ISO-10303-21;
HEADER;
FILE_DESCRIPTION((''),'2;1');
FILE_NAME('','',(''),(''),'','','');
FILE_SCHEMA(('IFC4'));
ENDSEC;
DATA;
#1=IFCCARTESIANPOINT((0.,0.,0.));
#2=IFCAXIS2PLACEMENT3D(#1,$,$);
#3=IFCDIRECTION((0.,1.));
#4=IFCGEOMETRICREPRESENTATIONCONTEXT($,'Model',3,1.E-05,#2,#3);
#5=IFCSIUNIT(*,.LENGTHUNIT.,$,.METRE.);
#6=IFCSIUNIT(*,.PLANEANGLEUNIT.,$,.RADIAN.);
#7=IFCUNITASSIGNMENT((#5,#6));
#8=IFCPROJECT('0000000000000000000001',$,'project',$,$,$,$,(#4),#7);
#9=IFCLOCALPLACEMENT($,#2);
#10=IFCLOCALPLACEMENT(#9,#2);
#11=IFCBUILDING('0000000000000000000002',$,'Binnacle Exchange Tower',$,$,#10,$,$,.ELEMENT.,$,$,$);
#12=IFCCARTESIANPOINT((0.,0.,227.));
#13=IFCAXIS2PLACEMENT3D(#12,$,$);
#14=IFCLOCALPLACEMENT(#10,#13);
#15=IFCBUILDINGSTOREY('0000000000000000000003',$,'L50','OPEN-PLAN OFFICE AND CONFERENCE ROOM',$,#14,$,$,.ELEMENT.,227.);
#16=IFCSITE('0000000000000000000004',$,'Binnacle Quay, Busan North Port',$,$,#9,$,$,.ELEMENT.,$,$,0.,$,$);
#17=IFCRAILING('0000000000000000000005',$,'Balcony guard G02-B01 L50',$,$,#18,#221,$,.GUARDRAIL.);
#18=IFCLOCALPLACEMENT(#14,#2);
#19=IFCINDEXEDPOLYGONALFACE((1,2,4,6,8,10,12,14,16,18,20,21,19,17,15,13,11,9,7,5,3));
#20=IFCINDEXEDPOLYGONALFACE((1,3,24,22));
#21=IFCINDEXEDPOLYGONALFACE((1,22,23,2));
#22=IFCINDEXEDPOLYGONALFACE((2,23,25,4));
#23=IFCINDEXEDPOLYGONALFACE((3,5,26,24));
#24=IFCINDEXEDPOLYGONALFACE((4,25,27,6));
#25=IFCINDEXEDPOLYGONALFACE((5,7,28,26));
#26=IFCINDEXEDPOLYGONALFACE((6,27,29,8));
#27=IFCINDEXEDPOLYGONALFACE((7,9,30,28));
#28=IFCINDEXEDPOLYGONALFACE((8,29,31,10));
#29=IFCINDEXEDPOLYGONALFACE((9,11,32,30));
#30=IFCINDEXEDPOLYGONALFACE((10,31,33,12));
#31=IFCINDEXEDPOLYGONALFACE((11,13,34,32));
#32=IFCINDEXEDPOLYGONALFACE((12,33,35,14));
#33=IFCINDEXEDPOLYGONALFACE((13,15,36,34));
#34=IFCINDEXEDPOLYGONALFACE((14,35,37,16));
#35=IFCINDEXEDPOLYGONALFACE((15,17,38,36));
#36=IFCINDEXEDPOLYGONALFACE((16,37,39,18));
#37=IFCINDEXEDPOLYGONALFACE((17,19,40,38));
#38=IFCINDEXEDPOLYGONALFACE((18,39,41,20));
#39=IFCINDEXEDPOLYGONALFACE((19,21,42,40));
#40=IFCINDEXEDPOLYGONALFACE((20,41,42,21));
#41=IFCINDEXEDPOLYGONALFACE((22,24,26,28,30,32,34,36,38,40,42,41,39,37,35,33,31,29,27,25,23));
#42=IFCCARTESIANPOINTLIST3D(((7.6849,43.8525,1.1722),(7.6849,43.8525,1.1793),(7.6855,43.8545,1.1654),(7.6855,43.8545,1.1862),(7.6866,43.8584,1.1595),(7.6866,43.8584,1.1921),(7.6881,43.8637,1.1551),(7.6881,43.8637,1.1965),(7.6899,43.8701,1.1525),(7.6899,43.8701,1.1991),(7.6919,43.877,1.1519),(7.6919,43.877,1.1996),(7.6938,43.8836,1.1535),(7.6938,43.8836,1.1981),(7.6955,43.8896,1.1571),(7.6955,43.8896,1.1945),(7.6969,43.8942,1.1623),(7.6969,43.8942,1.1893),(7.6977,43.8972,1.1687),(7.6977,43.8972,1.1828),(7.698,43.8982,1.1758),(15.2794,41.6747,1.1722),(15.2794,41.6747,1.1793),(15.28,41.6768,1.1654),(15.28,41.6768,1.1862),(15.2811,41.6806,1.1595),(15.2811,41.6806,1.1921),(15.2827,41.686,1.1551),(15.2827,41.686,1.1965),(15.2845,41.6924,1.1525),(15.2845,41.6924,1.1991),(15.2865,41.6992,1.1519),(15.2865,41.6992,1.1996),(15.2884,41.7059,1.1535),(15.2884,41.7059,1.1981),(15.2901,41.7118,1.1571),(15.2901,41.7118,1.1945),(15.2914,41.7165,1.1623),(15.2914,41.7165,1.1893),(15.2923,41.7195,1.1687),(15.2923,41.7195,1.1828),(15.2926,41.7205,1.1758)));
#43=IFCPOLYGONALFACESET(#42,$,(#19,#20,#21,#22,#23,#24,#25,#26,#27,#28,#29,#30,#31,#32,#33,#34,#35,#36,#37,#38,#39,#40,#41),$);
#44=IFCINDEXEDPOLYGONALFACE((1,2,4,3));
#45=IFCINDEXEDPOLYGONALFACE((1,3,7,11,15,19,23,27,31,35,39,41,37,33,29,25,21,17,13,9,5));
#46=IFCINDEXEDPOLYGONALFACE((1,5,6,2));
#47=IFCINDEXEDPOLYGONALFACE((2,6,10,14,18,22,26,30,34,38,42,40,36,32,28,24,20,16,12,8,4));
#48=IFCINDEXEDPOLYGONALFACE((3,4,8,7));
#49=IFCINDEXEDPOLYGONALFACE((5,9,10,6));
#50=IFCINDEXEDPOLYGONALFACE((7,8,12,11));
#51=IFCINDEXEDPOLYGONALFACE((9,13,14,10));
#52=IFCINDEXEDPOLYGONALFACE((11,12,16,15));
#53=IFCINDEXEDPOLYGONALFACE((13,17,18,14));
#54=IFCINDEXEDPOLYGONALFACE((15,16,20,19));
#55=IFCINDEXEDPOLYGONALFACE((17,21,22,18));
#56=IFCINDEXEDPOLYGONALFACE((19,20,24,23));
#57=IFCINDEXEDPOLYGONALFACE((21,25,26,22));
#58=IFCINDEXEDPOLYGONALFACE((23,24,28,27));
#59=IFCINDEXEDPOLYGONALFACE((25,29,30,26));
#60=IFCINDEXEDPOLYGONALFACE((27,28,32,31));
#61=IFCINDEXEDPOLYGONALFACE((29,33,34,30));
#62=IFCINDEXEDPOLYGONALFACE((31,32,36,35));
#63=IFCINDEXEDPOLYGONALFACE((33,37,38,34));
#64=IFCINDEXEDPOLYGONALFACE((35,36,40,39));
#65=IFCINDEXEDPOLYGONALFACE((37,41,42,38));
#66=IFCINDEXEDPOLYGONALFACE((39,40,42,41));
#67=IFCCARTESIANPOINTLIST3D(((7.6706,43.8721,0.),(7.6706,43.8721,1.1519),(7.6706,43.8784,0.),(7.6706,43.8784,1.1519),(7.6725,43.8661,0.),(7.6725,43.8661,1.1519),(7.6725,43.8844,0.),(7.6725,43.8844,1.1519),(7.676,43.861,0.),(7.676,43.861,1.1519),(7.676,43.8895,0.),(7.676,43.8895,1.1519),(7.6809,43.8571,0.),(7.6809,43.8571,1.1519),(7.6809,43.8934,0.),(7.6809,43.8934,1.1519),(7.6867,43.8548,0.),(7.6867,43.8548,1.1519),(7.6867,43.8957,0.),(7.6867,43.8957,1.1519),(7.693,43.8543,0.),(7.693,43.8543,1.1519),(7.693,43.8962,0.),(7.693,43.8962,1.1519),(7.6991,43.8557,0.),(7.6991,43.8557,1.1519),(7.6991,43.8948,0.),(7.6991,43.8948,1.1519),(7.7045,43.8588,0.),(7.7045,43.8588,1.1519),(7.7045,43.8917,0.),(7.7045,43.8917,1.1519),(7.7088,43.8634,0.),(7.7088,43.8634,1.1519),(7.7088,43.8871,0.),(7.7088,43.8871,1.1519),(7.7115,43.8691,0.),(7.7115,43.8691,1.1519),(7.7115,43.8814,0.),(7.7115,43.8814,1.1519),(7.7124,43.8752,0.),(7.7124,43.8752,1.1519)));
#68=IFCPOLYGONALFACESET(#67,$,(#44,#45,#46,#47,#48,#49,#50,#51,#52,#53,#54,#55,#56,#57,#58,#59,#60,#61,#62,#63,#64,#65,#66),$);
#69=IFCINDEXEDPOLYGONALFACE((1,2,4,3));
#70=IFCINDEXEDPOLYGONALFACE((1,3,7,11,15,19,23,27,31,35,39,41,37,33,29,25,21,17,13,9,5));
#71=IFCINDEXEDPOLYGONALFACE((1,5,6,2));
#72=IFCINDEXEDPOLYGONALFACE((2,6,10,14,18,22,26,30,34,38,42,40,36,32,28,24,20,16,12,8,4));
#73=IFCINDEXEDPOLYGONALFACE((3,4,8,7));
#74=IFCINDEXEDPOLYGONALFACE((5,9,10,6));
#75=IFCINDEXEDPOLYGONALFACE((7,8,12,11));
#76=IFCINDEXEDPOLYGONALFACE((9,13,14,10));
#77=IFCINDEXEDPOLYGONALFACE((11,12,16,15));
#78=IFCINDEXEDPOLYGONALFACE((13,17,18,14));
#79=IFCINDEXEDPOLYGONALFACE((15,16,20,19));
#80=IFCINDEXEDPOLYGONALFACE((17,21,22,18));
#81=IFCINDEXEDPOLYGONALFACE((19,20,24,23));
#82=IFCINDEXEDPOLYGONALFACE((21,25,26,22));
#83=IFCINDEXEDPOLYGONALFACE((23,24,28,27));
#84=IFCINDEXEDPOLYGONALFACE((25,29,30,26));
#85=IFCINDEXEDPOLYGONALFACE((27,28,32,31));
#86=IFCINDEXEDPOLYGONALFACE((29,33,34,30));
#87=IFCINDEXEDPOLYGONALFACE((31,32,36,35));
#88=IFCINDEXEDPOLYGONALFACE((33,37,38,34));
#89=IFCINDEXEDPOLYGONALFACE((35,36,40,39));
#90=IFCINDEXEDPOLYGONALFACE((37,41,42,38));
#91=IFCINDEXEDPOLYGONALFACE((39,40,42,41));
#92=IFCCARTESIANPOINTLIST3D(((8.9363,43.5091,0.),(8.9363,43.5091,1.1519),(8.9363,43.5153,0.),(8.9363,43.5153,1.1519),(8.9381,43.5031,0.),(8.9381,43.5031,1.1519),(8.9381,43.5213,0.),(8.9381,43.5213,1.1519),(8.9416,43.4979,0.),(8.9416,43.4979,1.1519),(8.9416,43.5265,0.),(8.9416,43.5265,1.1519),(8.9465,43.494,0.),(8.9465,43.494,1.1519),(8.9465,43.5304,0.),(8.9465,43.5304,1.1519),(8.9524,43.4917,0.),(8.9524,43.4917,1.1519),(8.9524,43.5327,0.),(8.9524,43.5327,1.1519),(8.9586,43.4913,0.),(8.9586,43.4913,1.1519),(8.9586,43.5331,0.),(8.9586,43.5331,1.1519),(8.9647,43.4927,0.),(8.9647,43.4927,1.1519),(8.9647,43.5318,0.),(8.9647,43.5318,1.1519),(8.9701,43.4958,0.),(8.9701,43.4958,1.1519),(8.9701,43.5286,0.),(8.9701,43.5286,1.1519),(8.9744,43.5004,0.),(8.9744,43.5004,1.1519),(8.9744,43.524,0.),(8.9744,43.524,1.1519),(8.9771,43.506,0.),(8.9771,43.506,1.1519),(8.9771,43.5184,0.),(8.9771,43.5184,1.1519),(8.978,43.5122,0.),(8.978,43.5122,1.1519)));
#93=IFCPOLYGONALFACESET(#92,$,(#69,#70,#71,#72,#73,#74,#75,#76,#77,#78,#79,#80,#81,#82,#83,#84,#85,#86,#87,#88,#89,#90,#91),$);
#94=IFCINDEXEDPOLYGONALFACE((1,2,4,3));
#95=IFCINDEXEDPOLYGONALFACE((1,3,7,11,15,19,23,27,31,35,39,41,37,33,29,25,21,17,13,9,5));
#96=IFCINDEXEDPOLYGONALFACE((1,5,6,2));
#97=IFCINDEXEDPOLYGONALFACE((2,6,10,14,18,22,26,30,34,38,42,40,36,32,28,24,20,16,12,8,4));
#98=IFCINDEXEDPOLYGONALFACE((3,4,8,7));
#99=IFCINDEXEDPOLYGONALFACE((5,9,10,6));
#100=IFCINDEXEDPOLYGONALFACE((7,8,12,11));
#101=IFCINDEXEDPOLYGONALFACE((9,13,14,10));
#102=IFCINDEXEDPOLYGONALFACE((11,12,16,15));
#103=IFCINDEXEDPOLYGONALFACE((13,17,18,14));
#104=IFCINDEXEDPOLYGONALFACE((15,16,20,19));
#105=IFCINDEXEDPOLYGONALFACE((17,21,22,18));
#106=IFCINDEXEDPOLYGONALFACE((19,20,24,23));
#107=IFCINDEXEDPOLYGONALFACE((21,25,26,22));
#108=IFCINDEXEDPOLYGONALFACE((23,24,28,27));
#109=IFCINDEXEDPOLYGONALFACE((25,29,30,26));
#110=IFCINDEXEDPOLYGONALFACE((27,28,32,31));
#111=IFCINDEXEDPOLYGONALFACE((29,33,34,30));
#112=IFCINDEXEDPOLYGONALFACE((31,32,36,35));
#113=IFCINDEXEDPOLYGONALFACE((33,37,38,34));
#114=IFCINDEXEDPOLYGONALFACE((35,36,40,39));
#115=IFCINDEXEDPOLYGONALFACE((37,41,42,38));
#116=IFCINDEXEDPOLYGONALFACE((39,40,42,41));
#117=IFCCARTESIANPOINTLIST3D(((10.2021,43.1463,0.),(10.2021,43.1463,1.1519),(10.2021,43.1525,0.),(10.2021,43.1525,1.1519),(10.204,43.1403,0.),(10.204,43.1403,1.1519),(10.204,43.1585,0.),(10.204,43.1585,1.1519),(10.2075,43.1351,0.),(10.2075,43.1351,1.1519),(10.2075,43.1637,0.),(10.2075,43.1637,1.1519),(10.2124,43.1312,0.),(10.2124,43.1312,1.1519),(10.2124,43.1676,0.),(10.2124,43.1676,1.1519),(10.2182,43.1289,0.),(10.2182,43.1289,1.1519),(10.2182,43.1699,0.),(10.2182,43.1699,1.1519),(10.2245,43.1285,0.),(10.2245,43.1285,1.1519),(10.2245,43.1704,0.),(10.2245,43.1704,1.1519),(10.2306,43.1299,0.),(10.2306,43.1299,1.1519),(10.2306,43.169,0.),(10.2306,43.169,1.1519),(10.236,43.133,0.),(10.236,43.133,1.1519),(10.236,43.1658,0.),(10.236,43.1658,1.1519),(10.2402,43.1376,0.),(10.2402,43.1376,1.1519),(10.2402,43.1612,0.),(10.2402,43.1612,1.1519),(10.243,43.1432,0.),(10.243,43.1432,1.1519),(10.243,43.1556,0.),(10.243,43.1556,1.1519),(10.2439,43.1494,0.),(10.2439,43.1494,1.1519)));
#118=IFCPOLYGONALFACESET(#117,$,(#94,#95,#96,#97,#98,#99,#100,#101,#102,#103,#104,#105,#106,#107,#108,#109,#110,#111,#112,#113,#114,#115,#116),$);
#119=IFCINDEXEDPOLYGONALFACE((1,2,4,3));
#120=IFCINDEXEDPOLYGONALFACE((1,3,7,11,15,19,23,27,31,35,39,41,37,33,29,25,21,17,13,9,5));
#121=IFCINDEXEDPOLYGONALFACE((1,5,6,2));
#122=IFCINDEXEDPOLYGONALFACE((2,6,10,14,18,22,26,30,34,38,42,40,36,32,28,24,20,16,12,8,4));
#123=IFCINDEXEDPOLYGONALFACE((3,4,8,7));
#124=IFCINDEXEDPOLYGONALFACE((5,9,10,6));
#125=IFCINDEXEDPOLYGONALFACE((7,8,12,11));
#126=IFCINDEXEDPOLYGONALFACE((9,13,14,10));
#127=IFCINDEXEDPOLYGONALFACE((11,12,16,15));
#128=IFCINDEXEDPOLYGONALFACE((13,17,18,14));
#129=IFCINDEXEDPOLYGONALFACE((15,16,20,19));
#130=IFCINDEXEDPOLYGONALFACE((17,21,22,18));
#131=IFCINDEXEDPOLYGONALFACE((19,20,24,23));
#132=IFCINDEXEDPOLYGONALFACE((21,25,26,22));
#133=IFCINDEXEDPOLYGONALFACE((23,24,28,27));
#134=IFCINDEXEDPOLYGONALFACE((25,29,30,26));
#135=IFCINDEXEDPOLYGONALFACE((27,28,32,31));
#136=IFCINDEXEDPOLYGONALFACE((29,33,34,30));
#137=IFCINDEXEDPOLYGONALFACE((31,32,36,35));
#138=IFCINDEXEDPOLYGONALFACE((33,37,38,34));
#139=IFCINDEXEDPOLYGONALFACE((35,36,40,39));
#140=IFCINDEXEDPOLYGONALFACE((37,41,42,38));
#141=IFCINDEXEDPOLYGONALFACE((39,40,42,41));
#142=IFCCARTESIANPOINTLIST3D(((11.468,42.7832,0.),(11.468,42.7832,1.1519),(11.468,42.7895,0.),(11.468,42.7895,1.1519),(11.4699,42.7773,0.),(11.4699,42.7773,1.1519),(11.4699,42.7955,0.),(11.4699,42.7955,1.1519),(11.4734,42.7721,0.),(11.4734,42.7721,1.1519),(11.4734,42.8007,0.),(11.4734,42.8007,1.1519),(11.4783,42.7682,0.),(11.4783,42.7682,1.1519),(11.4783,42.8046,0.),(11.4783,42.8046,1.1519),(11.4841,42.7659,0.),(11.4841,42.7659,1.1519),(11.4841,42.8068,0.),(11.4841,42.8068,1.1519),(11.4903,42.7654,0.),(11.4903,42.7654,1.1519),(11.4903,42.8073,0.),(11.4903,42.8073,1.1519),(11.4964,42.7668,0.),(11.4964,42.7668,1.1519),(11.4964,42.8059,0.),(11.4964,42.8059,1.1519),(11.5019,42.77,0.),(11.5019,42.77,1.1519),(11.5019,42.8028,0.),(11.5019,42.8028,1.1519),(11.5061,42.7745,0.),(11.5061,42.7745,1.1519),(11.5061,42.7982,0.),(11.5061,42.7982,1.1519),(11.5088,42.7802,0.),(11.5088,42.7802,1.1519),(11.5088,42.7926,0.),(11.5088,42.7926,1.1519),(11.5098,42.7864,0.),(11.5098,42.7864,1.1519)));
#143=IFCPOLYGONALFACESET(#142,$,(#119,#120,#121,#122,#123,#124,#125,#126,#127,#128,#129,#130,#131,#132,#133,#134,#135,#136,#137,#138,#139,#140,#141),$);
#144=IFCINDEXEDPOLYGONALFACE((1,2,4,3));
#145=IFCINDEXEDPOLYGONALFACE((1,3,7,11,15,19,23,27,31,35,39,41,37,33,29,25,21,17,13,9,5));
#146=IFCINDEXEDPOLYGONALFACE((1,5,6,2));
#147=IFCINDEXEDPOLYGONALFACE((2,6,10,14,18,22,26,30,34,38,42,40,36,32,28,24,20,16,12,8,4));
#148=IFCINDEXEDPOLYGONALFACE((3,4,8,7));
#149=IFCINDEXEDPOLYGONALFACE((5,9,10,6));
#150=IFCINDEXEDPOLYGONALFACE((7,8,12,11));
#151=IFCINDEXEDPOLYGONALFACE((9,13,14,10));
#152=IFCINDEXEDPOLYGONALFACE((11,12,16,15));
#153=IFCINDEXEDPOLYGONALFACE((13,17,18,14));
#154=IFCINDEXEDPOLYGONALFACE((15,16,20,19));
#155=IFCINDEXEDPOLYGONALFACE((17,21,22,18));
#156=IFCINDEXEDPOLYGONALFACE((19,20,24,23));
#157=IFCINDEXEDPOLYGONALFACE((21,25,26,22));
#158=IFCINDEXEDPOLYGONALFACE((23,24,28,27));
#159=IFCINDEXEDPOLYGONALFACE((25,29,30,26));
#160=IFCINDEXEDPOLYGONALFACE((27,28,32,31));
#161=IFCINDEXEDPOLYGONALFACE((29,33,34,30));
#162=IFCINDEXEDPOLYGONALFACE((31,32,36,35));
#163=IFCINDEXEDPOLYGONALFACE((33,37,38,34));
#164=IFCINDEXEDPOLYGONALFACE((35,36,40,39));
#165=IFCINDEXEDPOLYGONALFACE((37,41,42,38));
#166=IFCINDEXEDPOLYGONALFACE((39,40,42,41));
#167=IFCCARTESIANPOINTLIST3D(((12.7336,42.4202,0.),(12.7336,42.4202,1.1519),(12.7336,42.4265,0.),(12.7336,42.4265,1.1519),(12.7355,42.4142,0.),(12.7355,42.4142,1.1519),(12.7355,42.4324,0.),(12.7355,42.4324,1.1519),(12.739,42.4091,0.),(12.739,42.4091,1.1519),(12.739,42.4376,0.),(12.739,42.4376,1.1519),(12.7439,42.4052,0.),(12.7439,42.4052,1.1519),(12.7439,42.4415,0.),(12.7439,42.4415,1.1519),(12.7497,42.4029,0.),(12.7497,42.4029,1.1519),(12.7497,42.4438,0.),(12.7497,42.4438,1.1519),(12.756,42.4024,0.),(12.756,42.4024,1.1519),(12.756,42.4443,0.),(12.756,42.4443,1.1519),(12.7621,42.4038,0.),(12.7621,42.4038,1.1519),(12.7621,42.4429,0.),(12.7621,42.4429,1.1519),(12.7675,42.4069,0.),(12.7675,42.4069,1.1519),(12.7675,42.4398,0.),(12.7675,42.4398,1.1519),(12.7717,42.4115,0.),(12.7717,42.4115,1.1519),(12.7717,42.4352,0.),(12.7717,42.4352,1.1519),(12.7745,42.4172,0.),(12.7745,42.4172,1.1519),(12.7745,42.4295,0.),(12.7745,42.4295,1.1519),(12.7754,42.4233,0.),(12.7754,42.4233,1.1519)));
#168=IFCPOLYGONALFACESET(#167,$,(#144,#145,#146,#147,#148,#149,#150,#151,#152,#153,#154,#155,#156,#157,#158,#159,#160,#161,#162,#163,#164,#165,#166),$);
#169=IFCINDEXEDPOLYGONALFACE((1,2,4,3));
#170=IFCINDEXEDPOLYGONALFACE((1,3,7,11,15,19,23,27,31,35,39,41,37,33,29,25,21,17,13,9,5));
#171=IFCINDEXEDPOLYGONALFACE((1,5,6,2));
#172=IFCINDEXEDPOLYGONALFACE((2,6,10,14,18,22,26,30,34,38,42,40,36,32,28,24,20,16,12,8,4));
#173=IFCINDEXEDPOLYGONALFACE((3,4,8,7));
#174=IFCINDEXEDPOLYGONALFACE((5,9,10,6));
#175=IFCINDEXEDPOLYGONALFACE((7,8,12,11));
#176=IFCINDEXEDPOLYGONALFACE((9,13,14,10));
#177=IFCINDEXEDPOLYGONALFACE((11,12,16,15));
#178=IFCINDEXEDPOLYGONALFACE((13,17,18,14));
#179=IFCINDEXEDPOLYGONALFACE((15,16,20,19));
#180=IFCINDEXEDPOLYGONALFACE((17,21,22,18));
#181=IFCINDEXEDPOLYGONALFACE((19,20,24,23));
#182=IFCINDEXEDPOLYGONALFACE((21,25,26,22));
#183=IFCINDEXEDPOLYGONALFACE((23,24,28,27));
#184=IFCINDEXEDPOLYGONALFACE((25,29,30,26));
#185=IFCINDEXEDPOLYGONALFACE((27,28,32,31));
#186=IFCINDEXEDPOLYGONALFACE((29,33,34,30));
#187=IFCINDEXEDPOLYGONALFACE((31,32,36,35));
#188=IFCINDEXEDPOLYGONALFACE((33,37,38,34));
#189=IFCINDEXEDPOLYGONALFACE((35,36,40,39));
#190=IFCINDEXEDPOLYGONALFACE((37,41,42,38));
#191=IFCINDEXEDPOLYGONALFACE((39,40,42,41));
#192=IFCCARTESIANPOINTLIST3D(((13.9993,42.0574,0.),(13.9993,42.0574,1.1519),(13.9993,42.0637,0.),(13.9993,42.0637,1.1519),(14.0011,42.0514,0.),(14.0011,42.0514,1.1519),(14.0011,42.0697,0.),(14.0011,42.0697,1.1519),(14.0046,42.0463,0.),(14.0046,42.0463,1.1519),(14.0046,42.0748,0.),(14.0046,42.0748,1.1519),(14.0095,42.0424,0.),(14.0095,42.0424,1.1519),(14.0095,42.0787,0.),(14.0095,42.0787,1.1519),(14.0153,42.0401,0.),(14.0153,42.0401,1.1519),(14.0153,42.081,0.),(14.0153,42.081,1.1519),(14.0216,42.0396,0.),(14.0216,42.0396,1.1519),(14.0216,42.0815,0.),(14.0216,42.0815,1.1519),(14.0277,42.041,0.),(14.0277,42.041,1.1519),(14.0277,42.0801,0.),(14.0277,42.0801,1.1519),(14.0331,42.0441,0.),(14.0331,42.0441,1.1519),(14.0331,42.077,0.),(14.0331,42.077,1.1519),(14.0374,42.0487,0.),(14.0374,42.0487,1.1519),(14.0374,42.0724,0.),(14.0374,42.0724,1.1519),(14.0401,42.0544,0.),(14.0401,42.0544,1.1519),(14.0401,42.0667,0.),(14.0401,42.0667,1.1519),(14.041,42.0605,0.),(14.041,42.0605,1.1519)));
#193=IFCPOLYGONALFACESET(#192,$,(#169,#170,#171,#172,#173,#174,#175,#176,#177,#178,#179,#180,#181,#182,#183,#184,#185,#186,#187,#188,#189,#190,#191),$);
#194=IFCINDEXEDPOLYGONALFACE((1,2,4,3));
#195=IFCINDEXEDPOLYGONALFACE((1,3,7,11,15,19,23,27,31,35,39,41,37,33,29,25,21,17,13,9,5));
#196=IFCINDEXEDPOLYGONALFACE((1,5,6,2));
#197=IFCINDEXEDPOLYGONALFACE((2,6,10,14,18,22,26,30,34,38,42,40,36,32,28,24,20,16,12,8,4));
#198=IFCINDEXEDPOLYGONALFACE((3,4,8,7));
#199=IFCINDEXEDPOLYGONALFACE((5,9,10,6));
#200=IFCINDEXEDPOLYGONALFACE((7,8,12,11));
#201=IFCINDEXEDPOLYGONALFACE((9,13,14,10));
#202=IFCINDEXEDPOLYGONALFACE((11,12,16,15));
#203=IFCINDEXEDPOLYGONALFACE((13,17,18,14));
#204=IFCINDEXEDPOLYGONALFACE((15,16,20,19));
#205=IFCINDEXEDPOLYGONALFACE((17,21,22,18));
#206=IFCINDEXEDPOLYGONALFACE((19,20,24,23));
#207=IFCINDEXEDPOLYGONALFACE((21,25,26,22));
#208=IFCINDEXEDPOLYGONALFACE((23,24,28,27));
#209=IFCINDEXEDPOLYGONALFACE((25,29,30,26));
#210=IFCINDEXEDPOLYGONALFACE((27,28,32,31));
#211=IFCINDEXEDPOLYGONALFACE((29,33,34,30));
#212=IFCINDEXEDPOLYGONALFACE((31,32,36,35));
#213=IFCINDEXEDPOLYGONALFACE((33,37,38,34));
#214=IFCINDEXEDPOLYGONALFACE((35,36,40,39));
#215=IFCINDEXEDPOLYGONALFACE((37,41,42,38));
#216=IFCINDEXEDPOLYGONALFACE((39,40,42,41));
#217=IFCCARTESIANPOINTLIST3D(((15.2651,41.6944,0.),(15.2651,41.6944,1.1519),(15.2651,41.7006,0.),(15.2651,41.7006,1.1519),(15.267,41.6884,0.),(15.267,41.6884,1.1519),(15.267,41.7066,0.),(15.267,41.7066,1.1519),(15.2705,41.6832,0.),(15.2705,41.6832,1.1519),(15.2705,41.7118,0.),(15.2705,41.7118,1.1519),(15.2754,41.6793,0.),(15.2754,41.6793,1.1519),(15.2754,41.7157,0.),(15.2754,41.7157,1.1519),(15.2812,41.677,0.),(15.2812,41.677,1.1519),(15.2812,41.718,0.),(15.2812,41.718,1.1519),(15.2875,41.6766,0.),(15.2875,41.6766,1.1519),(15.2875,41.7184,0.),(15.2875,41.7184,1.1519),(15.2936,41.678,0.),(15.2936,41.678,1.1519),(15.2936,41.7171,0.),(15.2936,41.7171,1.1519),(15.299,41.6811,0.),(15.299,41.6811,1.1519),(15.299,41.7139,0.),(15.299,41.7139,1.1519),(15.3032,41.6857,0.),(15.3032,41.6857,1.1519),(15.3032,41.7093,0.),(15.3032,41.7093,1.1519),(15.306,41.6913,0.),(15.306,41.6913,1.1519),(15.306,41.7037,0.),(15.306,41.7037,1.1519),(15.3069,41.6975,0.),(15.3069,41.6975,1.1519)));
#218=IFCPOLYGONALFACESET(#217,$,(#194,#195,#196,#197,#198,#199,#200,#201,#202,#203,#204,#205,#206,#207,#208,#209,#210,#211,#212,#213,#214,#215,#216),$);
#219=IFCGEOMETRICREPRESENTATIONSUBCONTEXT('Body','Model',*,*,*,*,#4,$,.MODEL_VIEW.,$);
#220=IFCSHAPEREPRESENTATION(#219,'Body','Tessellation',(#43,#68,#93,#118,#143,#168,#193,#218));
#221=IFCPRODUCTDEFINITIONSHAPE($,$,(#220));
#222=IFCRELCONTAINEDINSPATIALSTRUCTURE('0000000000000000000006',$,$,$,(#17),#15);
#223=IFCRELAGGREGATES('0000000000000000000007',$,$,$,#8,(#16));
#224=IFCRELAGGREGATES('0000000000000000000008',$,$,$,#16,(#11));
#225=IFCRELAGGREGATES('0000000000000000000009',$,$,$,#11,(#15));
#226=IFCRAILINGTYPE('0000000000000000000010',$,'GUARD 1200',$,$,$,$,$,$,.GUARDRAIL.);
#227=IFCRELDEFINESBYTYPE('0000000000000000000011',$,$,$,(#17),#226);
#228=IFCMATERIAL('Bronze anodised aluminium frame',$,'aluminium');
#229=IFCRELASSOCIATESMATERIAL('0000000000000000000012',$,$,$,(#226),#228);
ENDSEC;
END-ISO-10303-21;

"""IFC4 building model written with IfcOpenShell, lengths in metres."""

from ifc_helpers import new_model, si_unit, direction, frame, origin, origin_2d, place, context, subcontext, project, spatial, circle, extrude, material, type_object, element, save


model = new_model("IFC4")

# Units and contexts
model_context = context("Model", 3, precision=1e-05, world=origin(), true_north=direction((0.0, 1.0)))
body_context = subcontext(model_context, "Body", "Model", "MODEL_VIEW")
ifc_project = project(units=[si_unit("LENGTHUNIT", "METRE"), si_unit("PLANEANGLEUNIT", "RADIAN")], contexts=[model_context])

# Site, building, storey
site_placement = place(None, origin())
site = spatial("IfcSite", under=ifc_project, at=site_placement, Name="Binnacle Quay, Busan North Port", CompositionType="ELEMENT", RefElevation=0.0)
building_placement = place(site_placement, origin())
building = spatial("IfcBuilding", under=site, at=building_placement, Name="Binnacle Exchange Tower", CompositionType="ELEMENT")
storey_placement = place(building_placement, frame((0.0, 0.0, 227.0)))
storey = spatial("IfcBuildingStorey", under=building, at=storey_placement, Name="L50", Description="OPEN-PLAN OFFICE AND CONFERENCE ROOM", CompositionType="ELEMENT", Elevation=227.0)

# Shared definitions
ifc_material_1 = material(Name="Bronze anodised aluminium frame", Category="aluminium")

# Railing
railing_type = type_object("IfcRailingType", Name="GUARD 1200", PredefinedType="GUARDRAIL", material=ifc_material_1)
railing_1_placement = place(storey_placement, frame((7.6914, 43.8752, 0.0)))
element("IfcRailing", 1, at=railing_1_placement, inside=storey, type_object=railing_type, Name="Balcony guard G02-B01 L50", PredefinedType="GUARDRAIL", context=body_context, shape_type="SweptSolid", body=[
    extrude(circle(Radius=0.0239, at=origin_2d()), frame((0.0, 0.0, 1.1758), z_axis=(0.96126, -0.275643, 0.0), x_axis=(0.275643, 0.96126, 0.0)), (0.0, 0.0, 1.0), 7.9006),
    extrude(circle(Radius=0.021, at=origin_2d()), origin(), (0.0, 0.0, 1.0), 1.1519),
    extrude(circle(Radius=0.021, at=origin_2d()), frame((1.2656, -0.363, 0.0)), (0.0, 0.0, 1.0), 1.1519),
    extrude(circle(Radius=0.021, at=origin_2d()), frame((2.5315, -0.7258, 0.0)), (0.0, 0.0, 1.0), 1.1519),
    extrude(circle(Radius=0.021, at=origin_2d()), frame((3.7974, -1.0889, 0.0)), (0.0, 0.0, 1.0), 1.1519),
    extrude(circle(Radius=0.021, at=origin_2d()), frame((5.063, -1.4519, 0.0)), (0.0, 0.0, 1.0), 1.1519),
    extrude(circle(Radius=0.021, at=origin_2d()), frame((6.3286, -1.8147, 0.0)), (0.0, 0.0, 1.0), 1.1519),
    extrude(circle(Radius=0.021, at=origin_2d()), frame((7.5945, -2.1777, 0.0)), (0.0, 0.0, 1.0), 1.1519),
])

save(model, "model.ifc")
